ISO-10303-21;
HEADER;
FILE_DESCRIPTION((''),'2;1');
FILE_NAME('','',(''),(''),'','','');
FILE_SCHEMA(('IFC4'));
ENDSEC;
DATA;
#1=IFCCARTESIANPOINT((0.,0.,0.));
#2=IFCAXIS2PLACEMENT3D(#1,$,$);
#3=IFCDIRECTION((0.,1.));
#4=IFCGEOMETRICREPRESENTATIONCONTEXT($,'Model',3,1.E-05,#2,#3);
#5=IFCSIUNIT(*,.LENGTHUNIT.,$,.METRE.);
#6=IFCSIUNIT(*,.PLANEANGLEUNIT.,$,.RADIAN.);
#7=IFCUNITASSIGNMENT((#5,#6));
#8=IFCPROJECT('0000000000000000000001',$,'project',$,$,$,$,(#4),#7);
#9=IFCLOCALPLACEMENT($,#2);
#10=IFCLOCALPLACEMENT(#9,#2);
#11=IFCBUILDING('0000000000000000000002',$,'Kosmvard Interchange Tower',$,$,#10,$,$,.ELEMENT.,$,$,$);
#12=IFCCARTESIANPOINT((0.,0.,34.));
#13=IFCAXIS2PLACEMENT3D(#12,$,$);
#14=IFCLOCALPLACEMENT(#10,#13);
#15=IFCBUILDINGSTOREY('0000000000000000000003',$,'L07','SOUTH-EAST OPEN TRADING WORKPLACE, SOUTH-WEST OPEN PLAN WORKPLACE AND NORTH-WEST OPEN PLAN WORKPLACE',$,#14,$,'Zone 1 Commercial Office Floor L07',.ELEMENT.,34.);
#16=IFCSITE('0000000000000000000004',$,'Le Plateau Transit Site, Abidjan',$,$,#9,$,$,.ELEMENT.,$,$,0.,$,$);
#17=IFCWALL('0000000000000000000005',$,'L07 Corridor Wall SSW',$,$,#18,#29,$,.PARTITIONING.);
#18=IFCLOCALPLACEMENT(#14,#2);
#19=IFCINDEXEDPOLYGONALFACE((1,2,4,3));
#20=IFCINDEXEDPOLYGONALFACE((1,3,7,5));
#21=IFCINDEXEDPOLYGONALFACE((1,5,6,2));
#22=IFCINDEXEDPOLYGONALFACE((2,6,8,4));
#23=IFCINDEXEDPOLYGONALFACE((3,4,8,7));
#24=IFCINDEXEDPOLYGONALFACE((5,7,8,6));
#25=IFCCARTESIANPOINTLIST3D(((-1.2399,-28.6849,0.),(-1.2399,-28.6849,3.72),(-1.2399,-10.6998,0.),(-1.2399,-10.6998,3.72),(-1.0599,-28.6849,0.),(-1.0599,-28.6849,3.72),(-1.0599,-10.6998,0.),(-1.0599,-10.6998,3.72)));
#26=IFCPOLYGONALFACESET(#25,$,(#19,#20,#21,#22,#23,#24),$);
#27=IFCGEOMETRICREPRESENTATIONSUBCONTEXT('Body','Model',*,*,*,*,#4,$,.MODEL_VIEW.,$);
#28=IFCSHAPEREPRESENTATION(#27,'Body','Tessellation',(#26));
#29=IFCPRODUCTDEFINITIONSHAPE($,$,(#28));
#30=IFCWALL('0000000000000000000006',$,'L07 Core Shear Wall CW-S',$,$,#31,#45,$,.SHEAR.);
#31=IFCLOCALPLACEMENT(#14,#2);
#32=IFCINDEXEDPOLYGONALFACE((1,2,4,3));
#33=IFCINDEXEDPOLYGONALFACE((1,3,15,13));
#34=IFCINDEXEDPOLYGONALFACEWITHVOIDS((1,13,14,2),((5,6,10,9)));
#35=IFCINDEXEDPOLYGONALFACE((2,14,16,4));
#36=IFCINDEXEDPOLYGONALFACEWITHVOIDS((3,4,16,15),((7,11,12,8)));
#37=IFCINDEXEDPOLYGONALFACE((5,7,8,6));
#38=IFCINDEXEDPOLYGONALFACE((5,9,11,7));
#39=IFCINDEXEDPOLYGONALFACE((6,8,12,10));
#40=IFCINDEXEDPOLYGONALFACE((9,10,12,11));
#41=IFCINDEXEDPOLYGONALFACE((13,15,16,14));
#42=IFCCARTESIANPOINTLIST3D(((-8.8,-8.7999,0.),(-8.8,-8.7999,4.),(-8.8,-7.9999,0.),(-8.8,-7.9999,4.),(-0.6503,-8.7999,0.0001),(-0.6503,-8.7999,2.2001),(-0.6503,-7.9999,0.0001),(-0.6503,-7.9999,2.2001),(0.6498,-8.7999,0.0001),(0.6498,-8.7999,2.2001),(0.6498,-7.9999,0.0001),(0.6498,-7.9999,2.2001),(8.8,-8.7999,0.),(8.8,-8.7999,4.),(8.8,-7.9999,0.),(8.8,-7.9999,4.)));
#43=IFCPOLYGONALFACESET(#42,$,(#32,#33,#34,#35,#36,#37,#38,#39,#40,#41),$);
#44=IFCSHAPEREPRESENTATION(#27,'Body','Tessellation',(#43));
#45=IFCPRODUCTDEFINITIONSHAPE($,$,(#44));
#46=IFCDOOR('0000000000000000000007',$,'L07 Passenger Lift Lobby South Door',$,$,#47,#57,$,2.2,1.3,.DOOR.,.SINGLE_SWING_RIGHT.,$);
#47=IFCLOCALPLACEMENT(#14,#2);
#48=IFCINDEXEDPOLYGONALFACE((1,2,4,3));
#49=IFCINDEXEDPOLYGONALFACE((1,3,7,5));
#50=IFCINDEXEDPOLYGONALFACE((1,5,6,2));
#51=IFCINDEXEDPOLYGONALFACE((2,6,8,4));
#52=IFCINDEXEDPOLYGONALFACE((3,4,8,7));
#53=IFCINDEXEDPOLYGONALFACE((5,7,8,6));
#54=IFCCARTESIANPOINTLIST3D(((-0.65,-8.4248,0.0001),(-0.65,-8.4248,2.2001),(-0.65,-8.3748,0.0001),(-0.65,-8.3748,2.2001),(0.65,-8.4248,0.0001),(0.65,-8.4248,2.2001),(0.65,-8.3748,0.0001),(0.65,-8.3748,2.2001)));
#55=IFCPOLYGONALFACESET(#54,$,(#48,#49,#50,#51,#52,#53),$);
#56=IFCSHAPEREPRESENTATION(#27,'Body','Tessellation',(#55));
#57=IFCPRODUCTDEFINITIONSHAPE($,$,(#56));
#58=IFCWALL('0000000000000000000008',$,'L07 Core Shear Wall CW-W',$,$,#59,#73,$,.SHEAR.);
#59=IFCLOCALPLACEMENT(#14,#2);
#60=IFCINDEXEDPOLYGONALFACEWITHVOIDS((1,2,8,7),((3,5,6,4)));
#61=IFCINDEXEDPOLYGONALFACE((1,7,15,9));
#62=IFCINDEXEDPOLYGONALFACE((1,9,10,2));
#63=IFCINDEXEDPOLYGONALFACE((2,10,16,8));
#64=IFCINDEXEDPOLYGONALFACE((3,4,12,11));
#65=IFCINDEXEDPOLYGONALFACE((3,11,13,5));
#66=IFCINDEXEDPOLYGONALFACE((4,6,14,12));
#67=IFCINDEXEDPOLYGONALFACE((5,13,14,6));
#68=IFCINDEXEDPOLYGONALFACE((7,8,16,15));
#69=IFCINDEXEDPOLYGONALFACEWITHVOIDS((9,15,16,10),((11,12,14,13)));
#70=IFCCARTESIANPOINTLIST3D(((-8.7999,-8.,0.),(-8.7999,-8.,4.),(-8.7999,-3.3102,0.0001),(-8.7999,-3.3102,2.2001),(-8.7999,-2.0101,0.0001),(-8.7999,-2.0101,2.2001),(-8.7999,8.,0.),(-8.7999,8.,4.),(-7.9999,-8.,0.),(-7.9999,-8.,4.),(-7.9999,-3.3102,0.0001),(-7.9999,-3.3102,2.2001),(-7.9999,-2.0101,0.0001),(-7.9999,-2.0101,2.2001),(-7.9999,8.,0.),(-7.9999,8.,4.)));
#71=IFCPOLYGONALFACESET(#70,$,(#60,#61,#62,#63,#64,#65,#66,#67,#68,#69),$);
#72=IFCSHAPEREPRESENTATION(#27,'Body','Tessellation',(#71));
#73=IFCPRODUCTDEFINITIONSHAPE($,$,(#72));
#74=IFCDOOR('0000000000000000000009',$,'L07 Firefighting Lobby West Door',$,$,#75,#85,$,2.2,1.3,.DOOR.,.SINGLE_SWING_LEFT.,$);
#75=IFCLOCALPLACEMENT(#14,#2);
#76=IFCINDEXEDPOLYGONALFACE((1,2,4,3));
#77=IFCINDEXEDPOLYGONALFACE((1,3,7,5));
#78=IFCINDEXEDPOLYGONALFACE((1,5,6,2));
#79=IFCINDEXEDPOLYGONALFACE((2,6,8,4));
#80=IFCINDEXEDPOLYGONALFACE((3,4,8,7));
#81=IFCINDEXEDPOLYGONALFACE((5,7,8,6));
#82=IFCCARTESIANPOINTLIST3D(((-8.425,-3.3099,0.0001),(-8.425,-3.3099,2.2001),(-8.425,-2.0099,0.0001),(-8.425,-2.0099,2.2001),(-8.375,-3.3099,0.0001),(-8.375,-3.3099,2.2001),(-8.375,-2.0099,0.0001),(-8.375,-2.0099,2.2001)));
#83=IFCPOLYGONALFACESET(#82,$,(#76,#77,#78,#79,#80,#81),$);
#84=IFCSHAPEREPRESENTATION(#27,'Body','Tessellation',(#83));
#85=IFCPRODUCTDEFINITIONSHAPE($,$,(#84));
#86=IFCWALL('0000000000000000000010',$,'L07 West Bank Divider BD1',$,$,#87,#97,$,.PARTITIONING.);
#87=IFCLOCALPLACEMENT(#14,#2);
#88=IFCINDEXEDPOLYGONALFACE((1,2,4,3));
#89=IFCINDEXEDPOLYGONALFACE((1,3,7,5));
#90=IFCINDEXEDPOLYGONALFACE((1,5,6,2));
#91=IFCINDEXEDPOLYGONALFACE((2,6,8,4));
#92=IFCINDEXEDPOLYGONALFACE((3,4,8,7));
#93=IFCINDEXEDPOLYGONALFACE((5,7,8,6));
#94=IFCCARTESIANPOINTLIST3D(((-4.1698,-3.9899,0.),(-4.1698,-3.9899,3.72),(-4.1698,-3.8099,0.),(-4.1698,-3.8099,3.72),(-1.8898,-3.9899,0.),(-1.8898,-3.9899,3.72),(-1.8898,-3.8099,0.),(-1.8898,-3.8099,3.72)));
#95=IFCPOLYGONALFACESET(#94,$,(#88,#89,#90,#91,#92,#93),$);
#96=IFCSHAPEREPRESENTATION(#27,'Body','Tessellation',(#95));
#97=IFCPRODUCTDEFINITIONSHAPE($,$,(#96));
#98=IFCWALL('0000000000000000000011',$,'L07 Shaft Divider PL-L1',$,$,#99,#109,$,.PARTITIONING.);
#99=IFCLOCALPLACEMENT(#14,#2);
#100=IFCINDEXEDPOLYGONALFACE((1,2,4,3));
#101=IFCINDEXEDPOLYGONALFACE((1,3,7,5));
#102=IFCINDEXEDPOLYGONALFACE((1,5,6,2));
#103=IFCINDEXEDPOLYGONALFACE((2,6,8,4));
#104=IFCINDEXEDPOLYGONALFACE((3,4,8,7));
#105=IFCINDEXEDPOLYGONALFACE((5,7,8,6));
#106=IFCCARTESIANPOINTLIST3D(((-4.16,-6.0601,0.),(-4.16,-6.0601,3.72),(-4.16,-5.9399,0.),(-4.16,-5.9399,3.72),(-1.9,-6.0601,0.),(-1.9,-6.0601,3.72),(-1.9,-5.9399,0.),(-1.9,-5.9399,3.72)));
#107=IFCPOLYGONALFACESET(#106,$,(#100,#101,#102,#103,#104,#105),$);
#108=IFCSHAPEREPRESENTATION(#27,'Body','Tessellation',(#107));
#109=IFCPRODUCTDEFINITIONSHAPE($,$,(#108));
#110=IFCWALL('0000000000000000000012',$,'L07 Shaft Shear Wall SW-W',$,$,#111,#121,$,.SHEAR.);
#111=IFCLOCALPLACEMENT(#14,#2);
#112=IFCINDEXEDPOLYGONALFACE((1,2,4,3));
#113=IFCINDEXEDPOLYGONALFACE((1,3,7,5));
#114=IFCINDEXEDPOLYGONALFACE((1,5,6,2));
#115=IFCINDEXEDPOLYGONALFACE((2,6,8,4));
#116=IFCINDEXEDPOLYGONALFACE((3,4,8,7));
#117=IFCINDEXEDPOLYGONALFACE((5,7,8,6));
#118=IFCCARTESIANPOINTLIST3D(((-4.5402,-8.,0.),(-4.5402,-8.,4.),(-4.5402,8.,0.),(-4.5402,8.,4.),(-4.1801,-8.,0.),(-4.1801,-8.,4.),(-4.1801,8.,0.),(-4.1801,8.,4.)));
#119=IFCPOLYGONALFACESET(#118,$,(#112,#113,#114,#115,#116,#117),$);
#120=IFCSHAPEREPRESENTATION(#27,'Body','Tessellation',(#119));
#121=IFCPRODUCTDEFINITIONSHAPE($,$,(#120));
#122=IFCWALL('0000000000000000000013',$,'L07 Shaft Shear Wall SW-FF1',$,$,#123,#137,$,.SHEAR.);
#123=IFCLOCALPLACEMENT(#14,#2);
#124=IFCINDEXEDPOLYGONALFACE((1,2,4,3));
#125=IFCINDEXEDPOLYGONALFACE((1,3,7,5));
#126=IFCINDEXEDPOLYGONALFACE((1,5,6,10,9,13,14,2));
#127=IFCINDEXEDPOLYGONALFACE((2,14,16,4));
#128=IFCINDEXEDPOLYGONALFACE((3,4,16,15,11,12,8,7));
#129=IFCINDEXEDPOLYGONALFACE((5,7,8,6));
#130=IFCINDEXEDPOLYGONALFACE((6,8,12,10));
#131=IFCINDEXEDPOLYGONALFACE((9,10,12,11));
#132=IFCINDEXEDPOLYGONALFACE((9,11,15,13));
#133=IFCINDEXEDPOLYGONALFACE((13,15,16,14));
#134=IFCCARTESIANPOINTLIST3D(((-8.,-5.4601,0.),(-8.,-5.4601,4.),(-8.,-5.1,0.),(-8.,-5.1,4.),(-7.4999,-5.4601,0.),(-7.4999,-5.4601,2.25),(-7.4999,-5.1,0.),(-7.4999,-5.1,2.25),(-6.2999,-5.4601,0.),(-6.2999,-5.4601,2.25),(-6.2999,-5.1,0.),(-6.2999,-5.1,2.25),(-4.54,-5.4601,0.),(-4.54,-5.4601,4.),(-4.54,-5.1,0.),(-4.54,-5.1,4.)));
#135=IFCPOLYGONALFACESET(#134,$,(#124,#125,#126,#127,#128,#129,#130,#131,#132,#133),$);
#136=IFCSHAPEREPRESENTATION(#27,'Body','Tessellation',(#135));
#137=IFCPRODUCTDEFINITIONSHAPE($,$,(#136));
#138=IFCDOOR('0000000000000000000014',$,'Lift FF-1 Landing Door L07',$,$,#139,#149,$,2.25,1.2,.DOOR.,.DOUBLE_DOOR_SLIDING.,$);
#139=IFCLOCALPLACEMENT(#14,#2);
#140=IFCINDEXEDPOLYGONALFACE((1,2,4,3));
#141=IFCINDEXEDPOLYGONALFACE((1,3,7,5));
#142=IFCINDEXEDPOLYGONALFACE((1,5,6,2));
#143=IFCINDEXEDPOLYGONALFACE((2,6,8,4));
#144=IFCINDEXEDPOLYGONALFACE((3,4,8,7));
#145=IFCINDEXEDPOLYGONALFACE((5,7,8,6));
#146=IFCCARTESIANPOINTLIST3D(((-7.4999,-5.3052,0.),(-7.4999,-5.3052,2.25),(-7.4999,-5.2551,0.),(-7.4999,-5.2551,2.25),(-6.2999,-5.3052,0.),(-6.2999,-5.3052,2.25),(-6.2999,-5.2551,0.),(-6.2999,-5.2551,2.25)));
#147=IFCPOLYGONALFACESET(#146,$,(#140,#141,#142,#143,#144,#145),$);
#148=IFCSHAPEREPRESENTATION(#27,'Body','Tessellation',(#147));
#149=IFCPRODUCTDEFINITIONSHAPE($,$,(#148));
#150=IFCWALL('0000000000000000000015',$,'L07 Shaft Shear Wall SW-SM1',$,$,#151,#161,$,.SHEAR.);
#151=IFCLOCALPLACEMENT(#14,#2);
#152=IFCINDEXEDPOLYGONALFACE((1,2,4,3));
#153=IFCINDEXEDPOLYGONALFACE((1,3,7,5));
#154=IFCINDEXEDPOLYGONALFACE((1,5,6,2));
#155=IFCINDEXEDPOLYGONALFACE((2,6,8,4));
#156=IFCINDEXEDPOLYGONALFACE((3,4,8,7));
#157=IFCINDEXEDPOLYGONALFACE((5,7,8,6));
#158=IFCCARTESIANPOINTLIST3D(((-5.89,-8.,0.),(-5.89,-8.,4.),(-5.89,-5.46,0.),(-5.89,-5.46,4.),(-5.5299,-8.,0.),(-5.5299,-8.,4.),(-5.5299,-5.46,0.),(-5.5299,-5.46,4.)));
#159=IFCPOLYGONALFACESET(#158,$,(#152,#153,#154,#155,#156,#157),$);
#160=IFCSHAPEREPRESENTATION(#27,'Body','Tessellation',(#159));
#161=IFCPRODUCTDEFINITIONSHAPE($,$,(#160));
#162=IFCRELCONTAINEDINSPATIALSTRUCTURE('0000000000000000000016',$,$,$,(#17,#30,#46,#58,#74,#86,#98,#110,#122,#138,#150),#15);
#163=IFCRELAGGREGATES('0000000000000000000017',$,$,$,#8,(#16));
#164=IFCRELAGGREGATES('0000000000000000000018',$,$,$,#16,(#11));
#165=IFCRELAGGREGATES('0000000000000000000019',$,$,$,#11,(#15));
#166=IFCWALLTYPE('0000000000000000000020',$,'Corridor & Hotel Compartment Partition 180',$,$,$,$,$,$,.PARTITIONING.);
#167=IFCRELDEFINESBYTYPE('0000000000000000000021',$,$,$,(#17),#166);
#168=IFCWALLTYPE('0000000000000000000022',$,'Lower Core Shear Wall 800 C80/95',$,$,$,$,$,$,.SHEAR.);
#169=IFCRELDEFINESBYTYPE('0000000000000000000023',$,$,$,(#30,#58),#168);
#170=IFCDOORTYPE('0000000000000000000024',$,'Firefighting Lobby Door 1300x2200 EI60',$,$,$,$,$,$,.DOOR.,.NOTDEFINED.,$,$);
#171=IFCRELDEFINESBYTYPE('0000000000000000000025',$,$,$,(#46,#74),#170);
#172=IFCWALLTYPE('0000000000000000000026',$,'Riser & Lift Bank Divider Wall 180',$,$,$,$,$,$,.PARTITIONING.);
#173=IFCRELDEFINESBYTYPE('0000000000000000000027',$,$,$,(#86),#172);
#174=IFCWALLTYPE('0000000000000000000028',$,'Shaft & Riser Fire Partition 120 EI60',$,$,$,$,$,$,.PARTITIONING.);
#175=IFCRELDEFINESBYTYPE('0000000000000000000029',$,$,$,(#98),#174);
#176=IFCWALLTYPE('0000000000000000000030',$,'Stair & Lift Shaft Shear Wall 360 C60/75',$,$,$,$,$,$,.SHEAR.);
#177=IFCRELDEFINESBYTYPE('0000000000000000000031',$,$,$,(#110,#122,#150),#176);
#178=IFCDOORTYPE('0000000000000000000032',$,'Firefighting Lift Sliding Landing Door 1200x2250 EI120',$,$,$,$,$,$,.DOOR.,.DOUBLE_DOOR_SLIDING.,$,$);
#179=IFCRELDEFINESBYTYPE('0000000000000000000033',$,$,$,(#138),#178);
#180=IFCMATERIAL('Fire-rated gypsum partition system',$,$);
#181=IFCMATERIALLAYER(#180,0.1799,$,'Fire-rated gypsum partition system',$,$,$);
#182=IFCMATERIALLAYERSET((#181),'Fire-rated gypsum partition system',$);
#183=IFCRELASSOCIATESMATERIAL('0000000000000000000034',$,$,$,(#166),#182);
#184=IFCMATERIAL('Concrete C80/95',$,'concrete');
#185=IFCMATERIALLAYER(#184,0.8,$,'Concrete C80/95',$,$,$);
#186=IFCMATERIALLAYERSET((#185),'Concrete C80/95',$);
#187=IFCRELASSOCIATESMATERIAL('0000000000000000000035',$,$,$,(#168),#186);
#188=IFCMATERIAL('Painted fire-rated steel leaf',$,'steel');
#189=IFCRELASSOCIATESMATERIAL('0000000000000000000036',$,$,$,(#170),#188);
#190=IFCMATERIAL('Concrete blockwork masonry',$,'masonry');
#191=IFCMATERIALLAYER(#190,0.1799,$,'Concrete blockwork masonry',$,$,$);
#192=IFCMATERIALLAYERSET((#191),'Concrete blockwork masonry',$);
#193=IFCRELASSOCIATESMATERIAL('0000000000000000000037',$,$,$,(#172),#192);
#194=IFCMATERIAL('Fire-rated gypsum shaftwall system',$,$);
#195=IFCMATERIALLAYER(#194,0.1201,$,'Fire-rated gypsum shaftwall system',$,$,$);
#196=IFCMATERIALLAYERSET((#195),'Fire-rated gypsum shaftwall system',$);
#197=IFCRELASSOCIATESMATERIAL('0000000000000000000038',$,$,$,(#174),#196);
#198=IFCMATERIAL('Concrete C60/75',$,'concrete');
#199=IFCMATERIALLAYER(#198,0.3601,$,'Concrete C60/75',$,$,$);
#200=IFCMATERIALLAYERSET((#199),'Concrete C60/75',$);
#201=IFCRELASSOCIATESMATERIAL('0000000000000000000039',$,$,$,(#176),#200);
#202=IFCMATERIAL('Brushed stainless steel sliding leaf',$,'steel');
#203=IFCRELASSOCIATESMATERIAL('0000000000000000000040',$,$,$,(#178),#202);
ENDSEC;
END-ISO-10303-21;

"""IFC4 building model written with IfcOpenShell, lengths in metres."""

from ifc_helpers import new_model, si_unit, direction, frame, frame_2d, origin, place, context, subcontext, project, spatial, rectangle, extrude, source, transform, mapped, material, layer, layer_set, type_object, element, fill, save


model = new_model("IFC4")

# Units and contexts
model_context = context("Model", 3, precision=1e-05, world=origin(), true_north=direction((0.0, 1.0)))
body_context = subcontext(model_context, "Body", "Model", "MODEL_VIEW")
ifc_project = project(units=[si_unit("LENGTHUNIT", "METRE"), si_unit("PLANEANGLEUNIT", "RADIAN")], contexts=[model_context])

# Site, building, storey
site_placement = place(None, origin())
site = spatial("IfcSite", under=ifc_project, at=site_placement, Name="Le Plateau Transit Site, Abidjan", CompositionType="ELEMENT", RefElevation=0.0)
building_placement = place(site_placement, origin())
building = spatial("IfcBuilding", under=site, at=building_placement, Name="Kosmvard Interchange Tower", CompositionType="ELEMENT")
storey_placement = place(building_placement, frame((0.0, 0.0, 34.0)))
storey = spatial("IfcBuildingStorey", under=building, at=storey_placement, Name="L07", Description="SOUTH-EAST OPEN TRADING WORKPLACE, SOUTH-WEST OPEN PLAN WORKPLACE AND NORTH-WEST OPEN PLAN WORKPLACE", LongName="Zone 1 Commercial Office Floor L07", CompositionType="ELEMENT", Elevation=34.0)

# Shared definitions
ifc_material_1 = material(Name="Concrete C80/95", Category="concrete")

# Shared definitions
ifc_material_2 = material(Name="Fire-rated gypsum partition system")
ifc_layer_1 = layer(ifc_material_2, 0.1799, Name="Fire-rated gypsum partition system")
ifc_layer_set_1 = layer_set([ifc_layer_1], Name="Fire-rated gypsum partition system")
wall_type_1 = type_object("IfcWallType", Name="Corridor & Hotel Compartment Partition 180", PredefinedType="PARTITIONING", material=ifc_layer_set_1)
ifc_material_3 = material(Name="Brushed stainless steel sliding leaf", Category="steel")

# Wall
wall_1_placement = place(storey_placement, frame((-1.1499, -28.6851, 0.0), z_axis=(0.0, 0.0, 1.0), x_axis=(0.0, 1.0, 0.0)))
element("IfcWall", 1, at=wall_1_placement, inside=storey, type_object=wall_type_1, Name="L07 Corridor Wall SSW", PredefinedType="PARTITIONING", context=body_context, shape_type="SweptSolid", body=[
    extrude(rectangle(XDim=17.9851, YDim=0.1799, at=frame_2d((8.9927, 0.0))), origin(), (0.0, 0.0, 1.0), 3.72),
])

# Walls, openings, doors
ifc_layer_2 = layer(ifc_material_1, 0.8, Name="Concrete C80/95")
ifc_layer_set_2 = layer_set([ifc_layer_2], Name="Concrete C80/95")
wall_type_2 = type_object("IfcWallType", Name="Lower Core Shear Wall 800 C80/95", PredefinedType="SHEAR", material=ifc_layer_set_2)
wall_2_placement = place(storey_placement, frame((-8.8, -8.3999, 0.0), z_axis=(0.0, 0.0, 1.0), x_axis=(1.0, 0.0, 0.0)))
wall_2 = element("IfcWall", 2, at=wall_2_placement, inside=storey, type_object=wall_type_2, Name="L07 Core Shear Wall CW-S", PredefinedType="SHEAR", context=body_context, shape_type="SweptSolid", body=[
    extrude(rectangle(XDim=17.6001, YDim=0.8, at=frame_2d((8.8, 0.0))), origin(), (0.0, 0.0, 1.0), 4.0),
])
opening_1_placement = place(wall_2_placement, frame((8.1499, 0.0, 0.0)))
opening_1 = element("IfcOpeningElement", 3, at=opening_1_placement, cuts=wall_2, PredefinedType="OPENING", context=body_context, shape_type="SweptSolid", body=[
    extrude(rectangle(XDim=1.3, YDim=2.2, at=frame_2d((0.6499, 1.1001))), frame((0.0, 0.4102, 0.0), z_axis=(0.0, -1.0, 0.0), x_axis=(1.0, 0.0, 0.0)), (0.0, 0.0, 1.0), 0.8201),
])
ifc_material_4 = material(Name="Painted fire-rated steel leaf", Category="steel")
door_type_1 = type_object("IfcDoorType", Name="Firefighting Lobby Door 1300x2200 EI60", OperationType="NOTDEFINED", PredefinedType="DOOR", material=ifc_material_4)
shared_shape_1 = source(origin(), body_context, "Body", "SweptSolid", [
    extrude(rectangle(XDim=1.3, YDim=2.2, at=frame_2d((0.6499, 1.1001))), frame((0.0, 0.0249, 0.0), z_axis=(0.0, -1.0, 0.0), x_axis=(1.0, 0.0, 0.0)), (0.0, 0.0, 1.0), 0.05),
])
door_1_placement = place(opening_1_placement, frame((1.3, 0.0, 0.0), z_axis=(0.0, 0.0, 1.0), x_axis=(-1.0, 0.0, 0.0)))
door_1 = element("IfcDoor", 4, at=door_1_placement, inside=storey, type_object=door_type_1, Name="L07 Passenger Lift Lobby South Door", OperationType="SINGLE_SWING_RIGHT", OverallHeight=2.2, OverallWidth=1.3, PredefinedType="DOOR", context=body_context, shape_type="MappedRepresentation", body=[
    mapped(shared_shape_1, transform((0.0, 0.0, 0.0), scale=1.0)),
])
fill(opening_1, door_1)
wall_3_placement = place(storey_placement, frame((-8.3999, -8.0, 0.0), z_axis=(0.0, 0.0, 1.0), x_axis=(0.0, 1.0, 0.0)))
wall_3 = element("IfcWall", 5, at=wall_3_placement, inside=storey, type_object=wall_type_2, Name="L07 Core Shear Wall CW-W", PredefinedType="SHEAR", context=body_context, shape_type="SweptSolid", body=[
    extrude(rectangle(XDim=16.0, YDim=0.8, at=frame_2d((8.0, 0.0))), origin(), (0.0, 0.0, 1.0), 4.0),
])
opening_2_placement = place(wall_3_placement, frame((4.6899, 0.0, 0.0)))
opening_2 = element("IfcOpeningElement", 6, at=opening_2_placement, cuts=wall_3, PredefinedType="OPENING", context=body_context, shape_type="SweptSolid", body=[
    extrude(rectangle(XDim=1.3, YDim=2.2, at=frame_2d((0.6499, 1.1001))), frame((0.0, 0.4102, 0.0), z_axis=(0.0, -1.0, 0.0), x_axis=(1.0, 0.0, 0.0)), (0.0, 0.0, 1.0), 0.8201),
])
door_2_placement = place(opening_2_placement, frame((1.3, 0.0, 0.0), z_axis=(0.0, 0.0, 1.0), x_axis=(-1.0, 0.0, 0.0)))
door_2 = element("IfcDoor", 7, at=door_2_placement, inside=storey, type_object=door_type_1, Name="L07 Firefighting Lobby West Door", OperationType="SINGLE_SWING_LEFT", OverallHeight=2.2, OverallWidth=1.3, PredefinedType="DOOR", context=body_context, shape_type="MappedRepresentation", body=[
    mapped(shared_shape_1, transform((0.0, 0.0, 0.0), scale=1.0)),
])
fill(opening_2, door_2)

# Walls
ifc_material_5 = material(Name="Concrete blockwork masonry", Category="masonry")
ifc_layer_3 = layer(ifc_material_5, 0.1799, Name="Concrete blockwork masonry")
ifc_layer_set_3 = layer_set([ifc_layer_3], Name="Concrete blockwork masonry")
wall_type_3 = type_object("IfcWallType", Name="Riser & Lift Bank Divider Wall 180", PredefinedType="PARTITIONING", material=ifc_layer_set_3)
wall_4_placement = place(storey_placement, frame((-4.1699, -3.8999, 0.0), z_axis=(0.0, 0.0, 1.0), x_axis=(1.0, 0.0, 0.0)))
element("IfcWall", 8, at=wall_4_placement, inside=storey, type_object=wall_type_3, Name="L07 West Bank Divider BD1", PredefinedType="PARTITIONING", context=body_context, shape_type="SweptSolid", body=[
    extrude(rectangle(XDim=2.28, YDim=0.1799, at=frame_2d((1.1401, 0.0))), origin(), (0.0, 0.0, 1.0), 3.72),
])
ifc_material_6 = material(Name="Fire-rated gypsum shaftwall system")
ifc_layer_4 = layer(ifc_material_6, 0.1201, Name="Fire-rated gypsum shaftwall system")
ifc_layer_set_4 = layer_set([ifc_layer_4], Name="Fire-rated gypsum shaftwall system")
wall_type_4 = type_object("IfcWallType", Name="Shaft & Riser Fire Partition 120 EI60", PredefinedType="PARTITIONING", material=ifc_layer_set_4)
wall_5_placement = place(storey_placement, frame((-4.1599, -6.0, 0.0), z_axis=(0.0, 0.0, 1.0), x_axis=(1.0, 0.0, 0.0)))
element("IfcWall", 9, at=wall_5_placement, inside=storey, type_object=wall_type_4, Name="L07 Shaft Divider PL-L1", PredefinedType="PARTITIONING", context=body_context, shape_type="SweptSolid", body=[
    extrude(rectangle(XDim=2.26, YDim=0.1201, at=frame_2d((1.1299, 0.0))), origin(), (0.0, 0.0, 1.0), 3.72),
])
ifc_material_7 = material(Name="Concrete C60/75", Category="concrete")
ifc_layer_5 = layer(ifc_material_7, 0.3601, Name="Concrete C60/75")
ifc_layer_set_5 = layer_set([ifc_layer_5], Name="Concrete C60/75")
wall_type_5 = type_object("IfcWallType", Name="Stair & Lift Shaft Shear Wall 360 C60/75", PredefinedType="SHEAR", material=ifc_layer_set_5)
wall_6_placement = place(storey_placement, frame((-4.3601, -8.0, 0.0), z_axis=(0.0, 0.0, 1.0), x_axis=(0.0, 1.0, 0.0)))
element("IfcWall", 10, at=wall_6_placement, inside=storey, type_object=wall_type_5, Name="L07 Shaft Shear Wall SW-W", PredefinedType="SHEAR", context=body_context, shape_type="SweptSolid", body=[
    extrude(rectangle(XDim=16.0, YDim=0.3601, at=frame_2d((8.0, 0.0))), origin(), (0.0, 0.0, 1.0), 4.0),
])

# Wall, opening, door
wall_7_placement = place(storey_placement, frame((-8.0, -5.28, 0.0), z_axis=(0.0, 0.0, 1.0), x_axis=(1.0, 0.0, 0.0)))
wall_7 = element("IfcWall", 11, at=wall_7_placement, inside=storey, type_object=wall_type_5, Name="L07 Shaft Shear Wall SW-FF1", PredefinedType="SHEAR", context=body_context, shape_type="SweptSolid", body=[
    extrude(rectangle(XDim=3.46, YDim=0.3601, at=frame_2d((1.73, 0.0))), origin(), (0.0, 0.0, 1.0), 4.0),
])
opening_3_placement = place(wall_7_placement, frame((0.5, 0.0, 0.0)))
opening_3 = element("IfcOpeningElement", 12, at=opening_3_placement, cuts=wall_7, PredefinedType="OPENING", context=body_context, shape_type="SweptSolid", body=[
    extrude(rectangle(XDim=1.2, YDim=2.25, at=frame_2d((0.6001, 1.125))), frame((0.0, 0.1899, 0.0), z_axis=(0.0, -1.0, 0.0), x_axis=(1.0, 0.0, 0.0)), (0.0, 0.0, 1.0), 0.3801),
])
door_type_2 = type_object("IfcDoorType", Name="Firefighting Lift Sliding Landing Door 1200x2250 EI120", OperationType="DOUBLE_DOOR_SLIDING", PredefinedType="DOOR", material=ifc_material_3)
shared_shape_2 = source(origin(), body_context, "Body", "SweptSolid", [
    extrude(rectangle(XDim=1.2, YDim=2.25, at=frame_2d((0.6001, 1.125))), frame((0.0, 0.0249, 0.0), z_axis=(0.0, -1.0, 0.0), x_axis=(1.0, 0.0, 0.0)), (0.0, 0.0, 1.0), 0.05),
])
door_3_placement = place(opening_3_placement, origin())
door_3 = element("IfcDoor", 13, at=door_3_placement, inside=storey, type_object=door_type_2, Name="Lift FF-1 Landing Door L07", OperationType="DOUBLE_DOOR_SLIDING", OverallHeight=2.25, OverallWidth=1.2, PredefinedType="DOOR", context=body_context, shape_type="MappedRepresentation", body=[
    mapped(shared_shape_2, transform((0.0, 0.0, 0.0), scale=1.0)),
])
fill(opening_3, door_3)

# Wall
wall_8_placement = place(storey_placement, frame((-5.71, -8.0, 0.0), z_axis=(0.0, 0.0, 1.0), x_axis=(0.0, 1.0, 0.0)))
element("IfcWall", 14, at=wall_8_placement, inside=storey, type_object=wall_type_5, Name="L07 Shaft Shear Wall SW-SM1", PredefinedType="SHEAR", context=body_context, shape_type="SweptSolid", body=[
    extrude(rectangle(XDim=2.54, YDim=0.3601, at=frame_2d((1.27, 0.0))), origin(), (0.0, 0.0, 1.0), 4.0),
])

save(model, "model.ifc")
